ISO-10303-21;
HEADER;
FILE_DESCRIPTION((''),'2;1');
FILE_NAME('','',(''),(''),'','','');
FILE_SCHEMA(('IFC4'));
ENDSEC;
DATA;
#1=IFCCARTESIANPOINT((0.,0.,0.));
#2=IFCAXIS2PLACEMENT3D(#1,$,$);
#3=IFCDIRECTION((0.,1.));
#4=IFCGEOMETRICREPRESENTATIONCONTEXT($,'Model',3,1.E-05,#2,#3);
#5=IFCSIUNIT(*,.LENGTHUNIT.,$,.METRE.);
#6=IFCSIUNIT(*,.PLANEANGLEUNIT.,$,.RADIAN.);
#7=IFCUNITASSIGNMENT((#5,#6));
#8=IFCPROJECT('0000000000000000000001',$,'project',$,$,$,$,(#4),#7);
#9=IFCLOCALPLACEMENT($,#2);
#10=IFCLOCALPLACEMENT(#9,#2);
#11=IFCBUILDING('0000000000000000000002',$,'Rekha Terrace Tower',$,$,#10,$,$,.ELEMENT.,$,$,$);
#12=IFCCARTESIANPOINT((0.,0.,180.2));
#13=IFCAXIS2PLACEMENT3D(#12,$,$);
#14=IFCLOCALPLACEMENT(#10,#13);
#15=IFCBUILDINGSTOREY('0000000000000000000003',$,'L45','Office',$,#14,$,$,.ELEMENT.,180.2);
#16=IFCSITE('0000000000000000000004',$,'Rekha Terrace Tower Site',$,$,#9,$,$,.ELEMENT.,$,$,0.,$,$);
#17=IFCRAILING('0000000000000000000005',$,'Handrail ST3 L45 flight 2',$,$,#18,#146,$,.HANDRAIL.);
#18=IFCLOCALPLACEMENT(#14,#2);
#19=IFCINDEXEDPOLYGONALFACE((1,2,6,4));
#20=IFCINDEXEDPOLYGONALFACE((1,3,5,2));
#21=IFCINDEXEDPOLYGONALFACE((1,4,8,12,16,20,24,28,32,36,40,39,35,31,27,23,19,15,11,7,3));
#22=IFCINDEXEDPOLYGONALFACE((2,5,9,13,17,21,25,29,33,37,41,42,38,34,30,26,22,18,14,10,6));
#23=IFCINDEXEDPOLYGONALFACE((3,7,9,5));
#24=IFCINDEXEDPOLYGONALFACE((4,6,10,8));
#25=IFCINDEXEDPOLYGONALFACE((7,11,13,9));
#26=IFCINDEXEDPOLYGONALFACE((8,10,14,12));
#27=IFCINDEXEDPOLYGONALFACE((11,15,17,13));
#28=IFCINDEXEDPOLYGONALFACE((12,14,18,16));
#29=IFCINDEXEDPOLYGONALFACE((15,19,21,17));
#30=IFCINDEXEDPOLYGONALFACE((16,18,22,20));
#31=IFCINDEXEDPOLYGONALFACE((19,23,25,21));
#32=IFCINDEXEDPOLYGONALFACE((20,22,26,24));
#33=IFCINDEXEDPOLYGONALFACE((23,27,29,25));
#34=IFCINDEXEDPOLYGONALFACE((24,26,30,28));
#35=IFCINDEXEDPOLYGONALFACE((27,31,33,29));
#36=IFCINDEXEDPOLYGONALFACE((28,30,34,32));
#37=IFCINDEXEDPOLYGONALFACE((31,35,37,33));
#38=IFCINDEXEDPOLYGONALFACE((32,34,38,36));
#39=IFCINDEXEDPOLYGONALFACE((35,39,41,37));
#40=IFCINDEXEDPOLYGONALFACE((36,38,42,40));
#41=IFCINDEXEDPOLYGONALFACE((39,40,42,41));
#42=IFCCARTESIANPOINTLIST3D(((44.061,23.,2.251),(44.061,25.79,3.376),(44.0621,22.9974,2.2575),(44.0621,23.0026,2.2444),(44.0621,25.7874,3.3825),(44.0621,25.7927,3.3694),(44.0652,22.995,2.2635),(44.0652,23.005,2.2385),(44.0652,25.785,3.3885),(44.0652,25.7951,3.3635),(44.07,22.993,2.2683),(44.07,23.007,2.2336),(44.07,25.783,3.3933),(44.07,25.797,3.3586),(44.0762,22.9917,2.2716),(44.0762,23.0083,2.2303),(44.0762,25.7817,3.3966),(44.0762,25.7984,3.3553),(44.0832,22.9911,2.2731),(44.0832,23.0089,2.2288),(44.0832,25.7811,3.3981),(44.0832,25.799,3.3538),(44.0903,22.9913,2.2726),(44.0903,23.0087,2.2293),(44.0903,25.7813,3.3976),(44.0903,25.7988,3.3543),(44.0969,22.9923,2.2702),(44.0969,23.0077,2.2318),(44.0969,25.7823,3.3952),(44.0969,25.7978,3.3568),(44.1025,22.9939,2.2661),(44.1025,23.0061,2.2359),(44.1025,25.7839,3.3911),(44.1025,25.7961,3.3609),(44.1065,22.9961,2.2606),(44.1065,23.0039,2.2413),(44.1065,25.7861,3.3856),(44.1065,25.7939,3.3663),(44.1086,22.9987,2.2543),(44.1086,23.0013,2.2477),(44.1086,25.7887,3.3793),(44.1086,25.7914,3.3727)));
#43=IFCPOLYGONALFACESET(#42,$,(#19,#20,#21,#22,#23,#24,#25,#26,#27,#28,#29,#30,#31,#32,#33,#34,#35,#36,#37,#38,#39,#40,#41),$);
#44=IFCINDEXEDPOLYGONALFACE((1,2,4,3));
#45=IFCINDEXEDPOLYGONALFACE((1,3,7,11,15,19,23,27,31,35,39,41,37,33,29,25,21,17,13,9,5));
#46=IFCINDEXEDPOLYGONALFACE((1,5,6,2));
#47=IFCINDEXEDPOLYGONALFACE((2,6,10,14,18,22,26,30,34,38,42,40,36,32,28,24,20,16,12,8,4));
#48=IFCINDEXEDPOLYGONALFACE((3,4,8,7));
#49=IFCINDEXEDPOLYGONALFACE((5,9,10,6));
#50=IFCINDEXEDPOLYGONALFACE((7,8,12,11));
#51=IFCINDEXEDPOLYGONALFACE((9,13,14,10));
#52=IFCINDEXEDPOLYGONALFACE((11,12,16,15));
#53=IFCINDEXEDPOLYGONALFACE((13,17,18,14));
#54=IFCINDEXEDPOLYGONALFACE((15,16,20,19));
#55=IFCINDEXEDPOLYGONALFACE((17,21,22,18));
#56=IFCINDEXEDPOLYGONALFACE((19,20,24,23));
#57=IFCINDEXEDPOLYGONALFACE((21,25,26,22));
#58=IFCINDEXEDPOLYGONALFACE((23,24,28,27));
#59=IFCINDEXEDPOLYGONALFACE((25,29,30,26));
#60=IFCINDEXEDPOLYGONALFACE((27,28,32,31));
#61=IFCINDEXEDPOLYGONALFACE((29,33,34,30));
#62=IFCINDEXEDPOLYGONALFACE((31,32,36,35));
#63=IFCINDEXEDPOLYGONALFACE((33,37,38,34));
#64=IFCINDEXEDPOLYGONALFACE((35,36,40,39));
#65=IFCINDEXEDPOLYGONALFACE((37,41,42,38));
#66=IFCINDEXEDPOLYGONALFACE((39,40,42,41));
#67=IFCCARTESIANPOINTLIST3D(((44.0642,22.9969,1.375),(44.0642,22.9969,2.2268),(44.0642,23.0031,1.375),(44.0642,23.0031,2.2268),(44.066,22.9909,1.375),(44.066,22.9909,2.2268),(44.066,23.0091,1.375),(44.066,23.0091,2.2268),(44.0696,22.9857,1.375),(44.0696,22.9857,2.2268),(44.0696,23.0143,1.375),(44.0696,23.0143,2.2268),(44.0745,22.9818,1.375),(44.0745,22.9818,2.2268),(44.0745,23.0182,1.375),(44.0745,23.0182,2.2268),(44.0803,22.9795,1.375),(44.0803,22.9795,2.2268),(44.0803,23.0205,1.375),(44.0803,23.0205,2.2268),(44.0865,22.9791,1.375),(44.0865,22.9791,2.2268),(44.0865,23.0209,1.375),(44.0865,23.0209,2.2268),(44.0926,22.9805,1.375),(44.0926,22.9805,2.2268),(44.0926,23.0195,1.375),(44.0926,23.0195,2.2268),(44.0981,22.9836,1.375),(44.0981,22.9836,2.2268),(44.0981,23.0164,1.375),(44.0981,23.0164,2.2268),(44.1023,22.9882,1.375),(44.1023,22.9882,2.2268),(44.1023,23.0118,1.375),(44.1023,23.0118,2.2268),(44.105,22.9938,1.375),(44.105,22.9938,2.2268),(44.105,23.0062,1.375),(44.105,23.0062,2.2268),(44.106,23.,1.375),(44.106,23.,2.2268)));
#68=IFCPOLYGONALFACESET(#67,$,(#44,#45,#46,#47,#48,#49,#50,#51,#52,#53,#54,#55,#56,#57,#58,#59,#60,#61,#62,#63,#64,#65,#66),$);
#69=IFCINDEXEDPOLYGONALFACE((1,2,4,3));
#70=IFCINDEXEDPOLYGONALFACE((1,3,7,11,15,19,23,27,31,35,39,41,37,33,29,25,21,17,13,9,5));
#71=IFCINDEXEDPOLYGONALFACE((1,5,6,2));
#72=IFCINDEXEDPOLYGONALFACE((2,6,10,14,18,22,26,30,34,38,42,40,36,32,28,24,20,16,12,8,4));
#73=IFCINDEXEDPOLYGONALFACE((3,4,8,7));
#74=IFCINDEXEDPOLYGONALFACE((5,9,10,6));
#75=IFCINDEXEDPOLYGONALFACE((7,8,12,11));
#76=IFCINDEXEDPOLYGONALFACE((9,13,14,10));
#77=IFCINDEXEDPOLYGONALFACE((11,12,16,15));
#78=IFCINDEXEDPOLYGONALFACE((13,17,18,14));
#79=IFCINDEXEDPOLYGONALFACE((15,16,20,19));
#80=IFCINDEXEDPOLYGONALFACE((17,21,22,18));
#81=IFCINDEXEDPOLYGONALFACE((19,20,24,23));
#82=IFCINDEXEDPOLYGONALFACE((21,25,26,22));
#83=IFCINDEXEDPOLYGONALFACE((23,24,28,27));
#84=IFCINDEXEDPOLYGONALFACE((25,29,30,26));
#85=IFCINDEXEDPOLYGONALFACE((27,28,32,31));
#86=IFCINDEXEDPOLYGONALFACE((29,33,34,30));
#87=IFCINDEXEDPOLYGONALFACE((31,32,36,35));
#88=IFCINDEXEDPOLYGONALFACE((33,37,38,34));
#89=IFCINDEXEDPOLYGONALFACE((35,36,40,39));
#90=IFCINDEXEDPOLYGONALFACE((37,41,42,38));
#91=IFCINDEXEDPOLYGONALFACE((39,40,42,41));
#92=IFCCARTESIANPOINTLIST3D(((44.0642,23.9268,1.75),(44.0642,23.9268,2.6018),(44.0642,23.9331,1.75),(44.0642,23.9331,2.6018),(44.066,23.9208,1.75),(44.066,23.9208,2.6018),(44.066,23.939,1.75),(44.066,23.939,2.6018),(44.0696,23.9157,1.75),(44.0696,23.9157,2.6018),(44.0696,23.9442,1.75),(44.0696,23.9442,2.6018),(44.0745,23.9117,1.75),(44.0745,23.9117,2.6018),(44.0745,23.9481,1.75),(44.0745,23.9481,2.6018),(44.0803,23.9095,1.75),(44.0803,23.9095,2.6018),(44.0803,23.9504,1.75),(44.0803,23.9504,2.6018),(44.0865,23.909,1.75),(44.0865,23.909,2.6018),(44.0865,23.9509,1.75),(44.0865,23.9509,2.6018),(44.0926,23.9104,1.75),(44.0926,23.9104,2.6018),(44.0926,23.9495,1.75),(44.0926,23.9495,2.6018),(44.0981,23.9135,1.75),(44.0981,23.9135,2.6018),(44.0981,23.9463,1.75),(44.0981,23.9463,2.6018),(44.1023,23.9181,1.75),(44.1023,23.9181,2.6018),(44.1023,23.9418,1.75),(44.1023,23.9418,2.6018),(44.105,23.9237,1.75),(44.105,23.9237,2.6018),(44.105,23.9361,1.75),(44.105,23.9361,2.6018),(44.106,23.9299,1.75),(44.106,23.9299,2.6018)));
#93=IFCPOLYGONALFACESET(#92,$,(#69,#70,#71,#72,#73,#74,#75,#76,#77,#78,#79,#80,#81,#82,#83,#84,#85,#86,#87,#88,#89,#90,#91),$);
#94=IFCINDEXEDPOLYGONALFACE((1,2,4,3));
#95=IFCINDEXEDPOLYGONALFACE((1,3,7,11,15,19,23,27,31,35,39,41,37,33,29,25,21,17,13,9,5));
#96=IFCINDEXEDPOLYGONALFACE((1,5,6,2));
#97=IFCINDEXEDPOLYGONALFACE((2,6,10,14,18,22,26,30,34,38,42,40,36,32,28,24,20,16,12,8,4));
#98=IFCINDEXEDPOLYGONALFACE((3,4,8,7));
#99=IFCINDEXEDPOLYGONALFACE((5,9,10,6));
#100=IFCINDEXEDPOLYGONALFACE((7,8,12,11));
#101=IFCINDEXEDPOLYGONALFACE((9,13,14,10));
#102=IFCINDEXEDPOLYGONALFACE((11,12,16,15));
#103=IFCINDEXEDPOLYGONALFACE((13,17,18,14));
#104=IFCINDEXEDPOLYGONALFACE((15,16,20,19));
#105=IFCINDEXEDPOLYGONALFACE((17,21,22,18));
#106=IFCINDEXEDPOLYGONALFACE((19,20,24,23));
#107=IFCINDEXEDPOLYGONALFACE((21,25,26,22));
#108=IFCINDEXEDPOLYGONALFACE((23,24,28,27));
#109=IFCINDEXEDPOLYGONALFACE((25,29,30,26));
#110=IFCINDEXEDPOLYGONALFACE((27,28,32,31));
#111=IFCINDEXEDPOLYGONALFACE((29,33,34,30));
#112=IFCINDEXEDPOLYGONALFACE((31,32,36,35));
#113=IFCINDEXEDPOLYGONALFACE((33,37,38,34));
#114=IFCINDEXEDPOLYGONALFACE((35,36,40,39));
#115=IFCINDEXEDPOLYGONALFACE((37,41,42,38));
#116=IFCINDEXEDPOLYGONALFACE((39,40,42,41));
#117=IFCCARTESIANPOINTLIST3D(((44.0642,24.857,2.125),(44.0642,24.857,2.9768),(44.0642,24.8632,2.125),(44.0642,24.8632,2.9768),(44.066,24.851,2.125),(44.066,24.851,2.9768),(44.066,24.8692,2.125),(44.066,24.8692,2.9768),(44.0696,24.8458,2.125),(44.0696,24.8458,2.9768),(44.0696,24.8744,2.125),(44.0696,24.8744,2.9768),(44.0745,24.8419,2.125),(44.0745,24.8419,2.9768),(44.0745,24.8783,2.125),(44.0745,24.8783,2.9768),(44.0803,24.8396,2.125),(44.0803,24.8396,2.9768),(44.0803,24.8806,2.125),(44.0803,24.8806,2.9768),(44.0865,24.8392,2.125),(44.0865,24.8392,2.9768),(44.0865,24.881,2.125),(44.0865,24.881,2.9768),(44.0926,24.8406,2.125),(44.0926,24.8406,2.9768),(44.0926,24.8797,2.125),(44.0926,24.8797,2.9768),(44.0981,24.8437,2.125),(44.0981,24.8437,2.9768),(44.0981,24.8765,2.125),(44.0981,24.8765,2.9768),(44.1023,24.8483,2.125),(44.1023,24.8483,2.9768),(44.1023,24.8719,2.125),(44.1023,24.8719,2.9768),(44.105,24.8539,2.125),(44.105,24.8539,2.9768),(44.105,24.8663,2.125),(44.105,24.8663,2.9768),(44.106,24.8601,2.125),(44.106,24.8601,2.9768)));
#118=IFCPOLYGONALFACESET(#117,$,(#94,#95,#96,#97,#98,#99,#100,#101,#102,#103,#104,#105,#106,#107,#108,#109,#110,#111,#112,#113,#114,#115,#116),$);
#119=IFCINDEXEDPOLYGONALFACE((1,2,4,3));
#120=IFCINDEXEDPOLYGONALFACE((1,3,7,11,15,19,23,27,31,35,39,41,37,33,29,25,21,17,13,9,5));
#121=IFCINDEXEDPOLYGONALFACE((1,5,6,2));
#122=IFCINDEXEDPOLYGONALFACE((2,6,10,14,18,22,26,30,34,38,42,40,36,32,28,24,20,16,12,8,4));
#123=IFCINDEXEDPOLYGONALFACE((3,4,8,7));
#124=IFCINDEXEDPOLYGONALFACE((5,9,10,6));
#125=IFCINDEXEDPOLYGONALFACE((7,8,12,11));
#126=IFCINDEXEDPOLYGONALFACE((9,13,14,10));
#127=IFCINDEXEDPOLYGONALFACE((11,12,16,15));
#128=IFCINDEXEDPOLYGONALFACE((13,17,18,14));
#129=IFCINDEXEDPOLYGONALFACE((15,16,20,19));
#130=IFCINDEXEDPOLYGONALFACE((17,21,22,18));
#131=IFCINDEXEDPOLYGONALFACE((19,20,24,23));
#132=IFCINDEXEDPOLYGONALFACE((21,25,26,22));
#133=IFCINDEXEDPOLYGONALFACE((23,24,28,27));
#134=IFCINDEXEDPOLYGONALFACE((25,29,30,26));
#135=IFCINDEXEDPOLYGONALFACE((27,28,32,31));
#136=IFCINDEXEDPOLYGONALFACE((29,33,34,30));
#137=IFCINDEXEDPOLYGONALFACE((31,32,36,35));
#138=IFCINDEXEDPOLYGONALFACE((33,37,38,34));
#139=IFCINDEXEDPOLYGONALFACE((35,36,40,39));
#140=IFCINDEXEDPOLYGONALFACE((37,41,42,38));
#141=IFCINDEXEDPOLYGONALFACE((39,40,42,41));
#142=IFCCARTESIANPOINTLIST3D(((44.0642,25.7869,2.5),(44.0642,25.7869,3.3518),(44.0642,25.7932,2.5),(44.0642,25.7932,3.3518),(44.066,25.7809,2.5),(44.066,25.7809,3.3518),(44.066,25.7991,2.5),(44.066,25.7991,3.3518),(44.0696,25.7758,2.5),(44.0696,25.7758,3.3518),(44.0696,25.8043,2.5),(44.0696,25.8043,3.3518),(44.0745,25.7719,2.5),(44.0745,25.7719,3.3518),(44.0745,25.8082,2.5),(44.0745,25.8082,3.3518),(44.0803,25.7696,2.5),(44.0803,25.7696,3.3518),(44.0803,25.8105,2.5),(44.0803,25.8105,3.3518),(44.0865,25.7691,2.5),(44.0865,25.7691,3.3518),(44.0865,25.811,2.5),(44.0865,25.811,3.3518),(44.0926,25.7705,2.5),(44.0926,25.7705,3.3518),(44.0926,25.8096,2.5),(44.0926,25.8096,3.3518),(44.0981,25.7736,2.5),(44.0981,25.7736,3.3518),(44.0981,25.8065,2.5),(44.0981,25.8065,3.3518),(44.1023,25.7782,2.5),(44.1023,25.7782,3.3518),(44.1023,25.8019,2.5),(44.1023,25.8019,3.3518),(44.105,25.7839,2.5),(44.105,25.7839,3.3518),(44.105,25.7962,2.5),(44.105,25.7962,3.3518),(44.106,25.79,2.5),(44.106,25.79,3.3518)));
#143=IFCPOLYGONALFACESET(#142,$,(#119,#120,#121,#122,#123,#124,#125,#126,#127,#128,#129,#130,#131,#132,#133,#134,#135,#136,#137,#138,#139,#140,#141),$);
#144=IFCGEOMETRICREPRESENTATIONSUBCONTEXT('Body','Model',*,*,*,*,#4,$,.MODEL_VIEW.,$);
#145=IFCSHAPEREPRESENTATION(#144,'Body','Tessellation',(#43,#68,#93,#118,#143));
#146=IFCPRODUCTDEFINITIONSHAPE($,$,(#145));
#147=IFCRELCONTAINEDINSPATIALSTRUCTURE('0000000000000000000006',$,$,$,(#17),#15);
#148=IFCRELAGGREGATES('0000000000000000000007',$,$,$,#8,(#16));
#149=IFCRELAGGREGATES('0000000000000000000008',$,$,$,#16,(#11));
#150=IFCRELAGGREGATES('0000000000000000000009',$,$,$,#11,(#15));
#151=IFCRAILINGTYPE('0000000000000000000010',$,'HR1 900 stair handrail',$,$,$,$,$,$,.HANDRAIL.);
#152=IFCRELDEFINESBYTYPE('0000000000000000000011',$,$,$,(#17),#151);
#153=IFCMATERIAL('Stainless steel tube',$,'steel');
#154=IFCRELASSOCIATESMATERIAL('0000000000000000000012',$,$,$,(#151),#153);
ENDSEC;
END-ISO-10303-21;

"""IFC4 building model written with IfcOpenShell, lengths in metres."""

from ifc_helpers import new_model, si_unit, direction, frame, origin, origin_2d, place, context, subcontext, project, spatial, circle, extrude, material, type_object, element, save


model = new_model("IFC4")

# Units and contexts
model_context = context("Model", 3, precision=1e-05, world=origin(), true_north=direction((0.0, 1.0)))
body_context = subcontext(model_context, "Body", "Model", "MODEL_VIEW")
ifc_project = project(units=[si_unit("LENGTHUNIT", "METRE"), si_unit("PLANEANGLEUNIT", "RADIAN")], contexts=[model_context])

# Site, building, storey
site_placement = place(None, origin())
site = spatial("IfcSite", under=ifc_project, at=site_placement, Name="Rekha Terrace Tower Site", CompositionType="ELEMENT", RefElevation=0.0)
building_placement = place(site_placement, origin())
building = spatial("IfcBuilding", under=site, at=building_placement, Name="Rekha Terrace Tower", CompositionType="ELEMENT")
storey_placement = place(building_placement, frame((0.0, 0.0, 180.2)))
storey = spatial("IfcBuildingStorey", under=building, at=storey_placement, Name="L45", Description="Office", CompositionType="ELEMENT", Elevation=180.2)

# Railing
ifc_material_1 = material(Name="Stainless steel tube", Category="steel")
railing_type_1 = type_object("IfcRailingType", Name="HR1 900 stair handrail", PredefinedType="HANDRAIL", material=ifc_material_1)
railing_1_placement = place(storey_placement, frame((44.085, 23.0, 1.375)))
element("IfcRailing", 1, at=railing_1_placement, inside=storey, type_object=railing_type_1, Name="Handrail ST3 L45 flight 2", PredefinedType="HANDRAIL", context=body_context, shape_type="SweptSolid", body=[
    extrude(circle(Radius=0.0239, at=origin_2d()), frame((0.0, 0.0, 0.876), z_axis=(0.0, 0.927443, 0.373964), x_axis=(-1.0, 0.0, 0.0)), (0.0, 0.0, 1.0), 3.0083),
    extrude(circle(Radius=0.021, at=origin_2d()), origin(), (0.0, 0.0, 1.0), 0.8518),
    extrude(circle(Radius=0.021, at=origin_2d()), frame((0.0, 0.9299, 0.375)), (0.0, 0.0, 1.0), 0.8518),
    extrude(circle(Radius=0.021, at=origin_2d()), frame((0.0, 1.8601, 0.75)), (0.0, 0.0, 1.0), 0.8518),
    extrude(circle(Radius=0.021, at=origin_2d()), frame((0.0, 2.79, 1.125)), (0.0, 0.0, 1.0), 0.8518),
])

save(model, "model.ifc")
